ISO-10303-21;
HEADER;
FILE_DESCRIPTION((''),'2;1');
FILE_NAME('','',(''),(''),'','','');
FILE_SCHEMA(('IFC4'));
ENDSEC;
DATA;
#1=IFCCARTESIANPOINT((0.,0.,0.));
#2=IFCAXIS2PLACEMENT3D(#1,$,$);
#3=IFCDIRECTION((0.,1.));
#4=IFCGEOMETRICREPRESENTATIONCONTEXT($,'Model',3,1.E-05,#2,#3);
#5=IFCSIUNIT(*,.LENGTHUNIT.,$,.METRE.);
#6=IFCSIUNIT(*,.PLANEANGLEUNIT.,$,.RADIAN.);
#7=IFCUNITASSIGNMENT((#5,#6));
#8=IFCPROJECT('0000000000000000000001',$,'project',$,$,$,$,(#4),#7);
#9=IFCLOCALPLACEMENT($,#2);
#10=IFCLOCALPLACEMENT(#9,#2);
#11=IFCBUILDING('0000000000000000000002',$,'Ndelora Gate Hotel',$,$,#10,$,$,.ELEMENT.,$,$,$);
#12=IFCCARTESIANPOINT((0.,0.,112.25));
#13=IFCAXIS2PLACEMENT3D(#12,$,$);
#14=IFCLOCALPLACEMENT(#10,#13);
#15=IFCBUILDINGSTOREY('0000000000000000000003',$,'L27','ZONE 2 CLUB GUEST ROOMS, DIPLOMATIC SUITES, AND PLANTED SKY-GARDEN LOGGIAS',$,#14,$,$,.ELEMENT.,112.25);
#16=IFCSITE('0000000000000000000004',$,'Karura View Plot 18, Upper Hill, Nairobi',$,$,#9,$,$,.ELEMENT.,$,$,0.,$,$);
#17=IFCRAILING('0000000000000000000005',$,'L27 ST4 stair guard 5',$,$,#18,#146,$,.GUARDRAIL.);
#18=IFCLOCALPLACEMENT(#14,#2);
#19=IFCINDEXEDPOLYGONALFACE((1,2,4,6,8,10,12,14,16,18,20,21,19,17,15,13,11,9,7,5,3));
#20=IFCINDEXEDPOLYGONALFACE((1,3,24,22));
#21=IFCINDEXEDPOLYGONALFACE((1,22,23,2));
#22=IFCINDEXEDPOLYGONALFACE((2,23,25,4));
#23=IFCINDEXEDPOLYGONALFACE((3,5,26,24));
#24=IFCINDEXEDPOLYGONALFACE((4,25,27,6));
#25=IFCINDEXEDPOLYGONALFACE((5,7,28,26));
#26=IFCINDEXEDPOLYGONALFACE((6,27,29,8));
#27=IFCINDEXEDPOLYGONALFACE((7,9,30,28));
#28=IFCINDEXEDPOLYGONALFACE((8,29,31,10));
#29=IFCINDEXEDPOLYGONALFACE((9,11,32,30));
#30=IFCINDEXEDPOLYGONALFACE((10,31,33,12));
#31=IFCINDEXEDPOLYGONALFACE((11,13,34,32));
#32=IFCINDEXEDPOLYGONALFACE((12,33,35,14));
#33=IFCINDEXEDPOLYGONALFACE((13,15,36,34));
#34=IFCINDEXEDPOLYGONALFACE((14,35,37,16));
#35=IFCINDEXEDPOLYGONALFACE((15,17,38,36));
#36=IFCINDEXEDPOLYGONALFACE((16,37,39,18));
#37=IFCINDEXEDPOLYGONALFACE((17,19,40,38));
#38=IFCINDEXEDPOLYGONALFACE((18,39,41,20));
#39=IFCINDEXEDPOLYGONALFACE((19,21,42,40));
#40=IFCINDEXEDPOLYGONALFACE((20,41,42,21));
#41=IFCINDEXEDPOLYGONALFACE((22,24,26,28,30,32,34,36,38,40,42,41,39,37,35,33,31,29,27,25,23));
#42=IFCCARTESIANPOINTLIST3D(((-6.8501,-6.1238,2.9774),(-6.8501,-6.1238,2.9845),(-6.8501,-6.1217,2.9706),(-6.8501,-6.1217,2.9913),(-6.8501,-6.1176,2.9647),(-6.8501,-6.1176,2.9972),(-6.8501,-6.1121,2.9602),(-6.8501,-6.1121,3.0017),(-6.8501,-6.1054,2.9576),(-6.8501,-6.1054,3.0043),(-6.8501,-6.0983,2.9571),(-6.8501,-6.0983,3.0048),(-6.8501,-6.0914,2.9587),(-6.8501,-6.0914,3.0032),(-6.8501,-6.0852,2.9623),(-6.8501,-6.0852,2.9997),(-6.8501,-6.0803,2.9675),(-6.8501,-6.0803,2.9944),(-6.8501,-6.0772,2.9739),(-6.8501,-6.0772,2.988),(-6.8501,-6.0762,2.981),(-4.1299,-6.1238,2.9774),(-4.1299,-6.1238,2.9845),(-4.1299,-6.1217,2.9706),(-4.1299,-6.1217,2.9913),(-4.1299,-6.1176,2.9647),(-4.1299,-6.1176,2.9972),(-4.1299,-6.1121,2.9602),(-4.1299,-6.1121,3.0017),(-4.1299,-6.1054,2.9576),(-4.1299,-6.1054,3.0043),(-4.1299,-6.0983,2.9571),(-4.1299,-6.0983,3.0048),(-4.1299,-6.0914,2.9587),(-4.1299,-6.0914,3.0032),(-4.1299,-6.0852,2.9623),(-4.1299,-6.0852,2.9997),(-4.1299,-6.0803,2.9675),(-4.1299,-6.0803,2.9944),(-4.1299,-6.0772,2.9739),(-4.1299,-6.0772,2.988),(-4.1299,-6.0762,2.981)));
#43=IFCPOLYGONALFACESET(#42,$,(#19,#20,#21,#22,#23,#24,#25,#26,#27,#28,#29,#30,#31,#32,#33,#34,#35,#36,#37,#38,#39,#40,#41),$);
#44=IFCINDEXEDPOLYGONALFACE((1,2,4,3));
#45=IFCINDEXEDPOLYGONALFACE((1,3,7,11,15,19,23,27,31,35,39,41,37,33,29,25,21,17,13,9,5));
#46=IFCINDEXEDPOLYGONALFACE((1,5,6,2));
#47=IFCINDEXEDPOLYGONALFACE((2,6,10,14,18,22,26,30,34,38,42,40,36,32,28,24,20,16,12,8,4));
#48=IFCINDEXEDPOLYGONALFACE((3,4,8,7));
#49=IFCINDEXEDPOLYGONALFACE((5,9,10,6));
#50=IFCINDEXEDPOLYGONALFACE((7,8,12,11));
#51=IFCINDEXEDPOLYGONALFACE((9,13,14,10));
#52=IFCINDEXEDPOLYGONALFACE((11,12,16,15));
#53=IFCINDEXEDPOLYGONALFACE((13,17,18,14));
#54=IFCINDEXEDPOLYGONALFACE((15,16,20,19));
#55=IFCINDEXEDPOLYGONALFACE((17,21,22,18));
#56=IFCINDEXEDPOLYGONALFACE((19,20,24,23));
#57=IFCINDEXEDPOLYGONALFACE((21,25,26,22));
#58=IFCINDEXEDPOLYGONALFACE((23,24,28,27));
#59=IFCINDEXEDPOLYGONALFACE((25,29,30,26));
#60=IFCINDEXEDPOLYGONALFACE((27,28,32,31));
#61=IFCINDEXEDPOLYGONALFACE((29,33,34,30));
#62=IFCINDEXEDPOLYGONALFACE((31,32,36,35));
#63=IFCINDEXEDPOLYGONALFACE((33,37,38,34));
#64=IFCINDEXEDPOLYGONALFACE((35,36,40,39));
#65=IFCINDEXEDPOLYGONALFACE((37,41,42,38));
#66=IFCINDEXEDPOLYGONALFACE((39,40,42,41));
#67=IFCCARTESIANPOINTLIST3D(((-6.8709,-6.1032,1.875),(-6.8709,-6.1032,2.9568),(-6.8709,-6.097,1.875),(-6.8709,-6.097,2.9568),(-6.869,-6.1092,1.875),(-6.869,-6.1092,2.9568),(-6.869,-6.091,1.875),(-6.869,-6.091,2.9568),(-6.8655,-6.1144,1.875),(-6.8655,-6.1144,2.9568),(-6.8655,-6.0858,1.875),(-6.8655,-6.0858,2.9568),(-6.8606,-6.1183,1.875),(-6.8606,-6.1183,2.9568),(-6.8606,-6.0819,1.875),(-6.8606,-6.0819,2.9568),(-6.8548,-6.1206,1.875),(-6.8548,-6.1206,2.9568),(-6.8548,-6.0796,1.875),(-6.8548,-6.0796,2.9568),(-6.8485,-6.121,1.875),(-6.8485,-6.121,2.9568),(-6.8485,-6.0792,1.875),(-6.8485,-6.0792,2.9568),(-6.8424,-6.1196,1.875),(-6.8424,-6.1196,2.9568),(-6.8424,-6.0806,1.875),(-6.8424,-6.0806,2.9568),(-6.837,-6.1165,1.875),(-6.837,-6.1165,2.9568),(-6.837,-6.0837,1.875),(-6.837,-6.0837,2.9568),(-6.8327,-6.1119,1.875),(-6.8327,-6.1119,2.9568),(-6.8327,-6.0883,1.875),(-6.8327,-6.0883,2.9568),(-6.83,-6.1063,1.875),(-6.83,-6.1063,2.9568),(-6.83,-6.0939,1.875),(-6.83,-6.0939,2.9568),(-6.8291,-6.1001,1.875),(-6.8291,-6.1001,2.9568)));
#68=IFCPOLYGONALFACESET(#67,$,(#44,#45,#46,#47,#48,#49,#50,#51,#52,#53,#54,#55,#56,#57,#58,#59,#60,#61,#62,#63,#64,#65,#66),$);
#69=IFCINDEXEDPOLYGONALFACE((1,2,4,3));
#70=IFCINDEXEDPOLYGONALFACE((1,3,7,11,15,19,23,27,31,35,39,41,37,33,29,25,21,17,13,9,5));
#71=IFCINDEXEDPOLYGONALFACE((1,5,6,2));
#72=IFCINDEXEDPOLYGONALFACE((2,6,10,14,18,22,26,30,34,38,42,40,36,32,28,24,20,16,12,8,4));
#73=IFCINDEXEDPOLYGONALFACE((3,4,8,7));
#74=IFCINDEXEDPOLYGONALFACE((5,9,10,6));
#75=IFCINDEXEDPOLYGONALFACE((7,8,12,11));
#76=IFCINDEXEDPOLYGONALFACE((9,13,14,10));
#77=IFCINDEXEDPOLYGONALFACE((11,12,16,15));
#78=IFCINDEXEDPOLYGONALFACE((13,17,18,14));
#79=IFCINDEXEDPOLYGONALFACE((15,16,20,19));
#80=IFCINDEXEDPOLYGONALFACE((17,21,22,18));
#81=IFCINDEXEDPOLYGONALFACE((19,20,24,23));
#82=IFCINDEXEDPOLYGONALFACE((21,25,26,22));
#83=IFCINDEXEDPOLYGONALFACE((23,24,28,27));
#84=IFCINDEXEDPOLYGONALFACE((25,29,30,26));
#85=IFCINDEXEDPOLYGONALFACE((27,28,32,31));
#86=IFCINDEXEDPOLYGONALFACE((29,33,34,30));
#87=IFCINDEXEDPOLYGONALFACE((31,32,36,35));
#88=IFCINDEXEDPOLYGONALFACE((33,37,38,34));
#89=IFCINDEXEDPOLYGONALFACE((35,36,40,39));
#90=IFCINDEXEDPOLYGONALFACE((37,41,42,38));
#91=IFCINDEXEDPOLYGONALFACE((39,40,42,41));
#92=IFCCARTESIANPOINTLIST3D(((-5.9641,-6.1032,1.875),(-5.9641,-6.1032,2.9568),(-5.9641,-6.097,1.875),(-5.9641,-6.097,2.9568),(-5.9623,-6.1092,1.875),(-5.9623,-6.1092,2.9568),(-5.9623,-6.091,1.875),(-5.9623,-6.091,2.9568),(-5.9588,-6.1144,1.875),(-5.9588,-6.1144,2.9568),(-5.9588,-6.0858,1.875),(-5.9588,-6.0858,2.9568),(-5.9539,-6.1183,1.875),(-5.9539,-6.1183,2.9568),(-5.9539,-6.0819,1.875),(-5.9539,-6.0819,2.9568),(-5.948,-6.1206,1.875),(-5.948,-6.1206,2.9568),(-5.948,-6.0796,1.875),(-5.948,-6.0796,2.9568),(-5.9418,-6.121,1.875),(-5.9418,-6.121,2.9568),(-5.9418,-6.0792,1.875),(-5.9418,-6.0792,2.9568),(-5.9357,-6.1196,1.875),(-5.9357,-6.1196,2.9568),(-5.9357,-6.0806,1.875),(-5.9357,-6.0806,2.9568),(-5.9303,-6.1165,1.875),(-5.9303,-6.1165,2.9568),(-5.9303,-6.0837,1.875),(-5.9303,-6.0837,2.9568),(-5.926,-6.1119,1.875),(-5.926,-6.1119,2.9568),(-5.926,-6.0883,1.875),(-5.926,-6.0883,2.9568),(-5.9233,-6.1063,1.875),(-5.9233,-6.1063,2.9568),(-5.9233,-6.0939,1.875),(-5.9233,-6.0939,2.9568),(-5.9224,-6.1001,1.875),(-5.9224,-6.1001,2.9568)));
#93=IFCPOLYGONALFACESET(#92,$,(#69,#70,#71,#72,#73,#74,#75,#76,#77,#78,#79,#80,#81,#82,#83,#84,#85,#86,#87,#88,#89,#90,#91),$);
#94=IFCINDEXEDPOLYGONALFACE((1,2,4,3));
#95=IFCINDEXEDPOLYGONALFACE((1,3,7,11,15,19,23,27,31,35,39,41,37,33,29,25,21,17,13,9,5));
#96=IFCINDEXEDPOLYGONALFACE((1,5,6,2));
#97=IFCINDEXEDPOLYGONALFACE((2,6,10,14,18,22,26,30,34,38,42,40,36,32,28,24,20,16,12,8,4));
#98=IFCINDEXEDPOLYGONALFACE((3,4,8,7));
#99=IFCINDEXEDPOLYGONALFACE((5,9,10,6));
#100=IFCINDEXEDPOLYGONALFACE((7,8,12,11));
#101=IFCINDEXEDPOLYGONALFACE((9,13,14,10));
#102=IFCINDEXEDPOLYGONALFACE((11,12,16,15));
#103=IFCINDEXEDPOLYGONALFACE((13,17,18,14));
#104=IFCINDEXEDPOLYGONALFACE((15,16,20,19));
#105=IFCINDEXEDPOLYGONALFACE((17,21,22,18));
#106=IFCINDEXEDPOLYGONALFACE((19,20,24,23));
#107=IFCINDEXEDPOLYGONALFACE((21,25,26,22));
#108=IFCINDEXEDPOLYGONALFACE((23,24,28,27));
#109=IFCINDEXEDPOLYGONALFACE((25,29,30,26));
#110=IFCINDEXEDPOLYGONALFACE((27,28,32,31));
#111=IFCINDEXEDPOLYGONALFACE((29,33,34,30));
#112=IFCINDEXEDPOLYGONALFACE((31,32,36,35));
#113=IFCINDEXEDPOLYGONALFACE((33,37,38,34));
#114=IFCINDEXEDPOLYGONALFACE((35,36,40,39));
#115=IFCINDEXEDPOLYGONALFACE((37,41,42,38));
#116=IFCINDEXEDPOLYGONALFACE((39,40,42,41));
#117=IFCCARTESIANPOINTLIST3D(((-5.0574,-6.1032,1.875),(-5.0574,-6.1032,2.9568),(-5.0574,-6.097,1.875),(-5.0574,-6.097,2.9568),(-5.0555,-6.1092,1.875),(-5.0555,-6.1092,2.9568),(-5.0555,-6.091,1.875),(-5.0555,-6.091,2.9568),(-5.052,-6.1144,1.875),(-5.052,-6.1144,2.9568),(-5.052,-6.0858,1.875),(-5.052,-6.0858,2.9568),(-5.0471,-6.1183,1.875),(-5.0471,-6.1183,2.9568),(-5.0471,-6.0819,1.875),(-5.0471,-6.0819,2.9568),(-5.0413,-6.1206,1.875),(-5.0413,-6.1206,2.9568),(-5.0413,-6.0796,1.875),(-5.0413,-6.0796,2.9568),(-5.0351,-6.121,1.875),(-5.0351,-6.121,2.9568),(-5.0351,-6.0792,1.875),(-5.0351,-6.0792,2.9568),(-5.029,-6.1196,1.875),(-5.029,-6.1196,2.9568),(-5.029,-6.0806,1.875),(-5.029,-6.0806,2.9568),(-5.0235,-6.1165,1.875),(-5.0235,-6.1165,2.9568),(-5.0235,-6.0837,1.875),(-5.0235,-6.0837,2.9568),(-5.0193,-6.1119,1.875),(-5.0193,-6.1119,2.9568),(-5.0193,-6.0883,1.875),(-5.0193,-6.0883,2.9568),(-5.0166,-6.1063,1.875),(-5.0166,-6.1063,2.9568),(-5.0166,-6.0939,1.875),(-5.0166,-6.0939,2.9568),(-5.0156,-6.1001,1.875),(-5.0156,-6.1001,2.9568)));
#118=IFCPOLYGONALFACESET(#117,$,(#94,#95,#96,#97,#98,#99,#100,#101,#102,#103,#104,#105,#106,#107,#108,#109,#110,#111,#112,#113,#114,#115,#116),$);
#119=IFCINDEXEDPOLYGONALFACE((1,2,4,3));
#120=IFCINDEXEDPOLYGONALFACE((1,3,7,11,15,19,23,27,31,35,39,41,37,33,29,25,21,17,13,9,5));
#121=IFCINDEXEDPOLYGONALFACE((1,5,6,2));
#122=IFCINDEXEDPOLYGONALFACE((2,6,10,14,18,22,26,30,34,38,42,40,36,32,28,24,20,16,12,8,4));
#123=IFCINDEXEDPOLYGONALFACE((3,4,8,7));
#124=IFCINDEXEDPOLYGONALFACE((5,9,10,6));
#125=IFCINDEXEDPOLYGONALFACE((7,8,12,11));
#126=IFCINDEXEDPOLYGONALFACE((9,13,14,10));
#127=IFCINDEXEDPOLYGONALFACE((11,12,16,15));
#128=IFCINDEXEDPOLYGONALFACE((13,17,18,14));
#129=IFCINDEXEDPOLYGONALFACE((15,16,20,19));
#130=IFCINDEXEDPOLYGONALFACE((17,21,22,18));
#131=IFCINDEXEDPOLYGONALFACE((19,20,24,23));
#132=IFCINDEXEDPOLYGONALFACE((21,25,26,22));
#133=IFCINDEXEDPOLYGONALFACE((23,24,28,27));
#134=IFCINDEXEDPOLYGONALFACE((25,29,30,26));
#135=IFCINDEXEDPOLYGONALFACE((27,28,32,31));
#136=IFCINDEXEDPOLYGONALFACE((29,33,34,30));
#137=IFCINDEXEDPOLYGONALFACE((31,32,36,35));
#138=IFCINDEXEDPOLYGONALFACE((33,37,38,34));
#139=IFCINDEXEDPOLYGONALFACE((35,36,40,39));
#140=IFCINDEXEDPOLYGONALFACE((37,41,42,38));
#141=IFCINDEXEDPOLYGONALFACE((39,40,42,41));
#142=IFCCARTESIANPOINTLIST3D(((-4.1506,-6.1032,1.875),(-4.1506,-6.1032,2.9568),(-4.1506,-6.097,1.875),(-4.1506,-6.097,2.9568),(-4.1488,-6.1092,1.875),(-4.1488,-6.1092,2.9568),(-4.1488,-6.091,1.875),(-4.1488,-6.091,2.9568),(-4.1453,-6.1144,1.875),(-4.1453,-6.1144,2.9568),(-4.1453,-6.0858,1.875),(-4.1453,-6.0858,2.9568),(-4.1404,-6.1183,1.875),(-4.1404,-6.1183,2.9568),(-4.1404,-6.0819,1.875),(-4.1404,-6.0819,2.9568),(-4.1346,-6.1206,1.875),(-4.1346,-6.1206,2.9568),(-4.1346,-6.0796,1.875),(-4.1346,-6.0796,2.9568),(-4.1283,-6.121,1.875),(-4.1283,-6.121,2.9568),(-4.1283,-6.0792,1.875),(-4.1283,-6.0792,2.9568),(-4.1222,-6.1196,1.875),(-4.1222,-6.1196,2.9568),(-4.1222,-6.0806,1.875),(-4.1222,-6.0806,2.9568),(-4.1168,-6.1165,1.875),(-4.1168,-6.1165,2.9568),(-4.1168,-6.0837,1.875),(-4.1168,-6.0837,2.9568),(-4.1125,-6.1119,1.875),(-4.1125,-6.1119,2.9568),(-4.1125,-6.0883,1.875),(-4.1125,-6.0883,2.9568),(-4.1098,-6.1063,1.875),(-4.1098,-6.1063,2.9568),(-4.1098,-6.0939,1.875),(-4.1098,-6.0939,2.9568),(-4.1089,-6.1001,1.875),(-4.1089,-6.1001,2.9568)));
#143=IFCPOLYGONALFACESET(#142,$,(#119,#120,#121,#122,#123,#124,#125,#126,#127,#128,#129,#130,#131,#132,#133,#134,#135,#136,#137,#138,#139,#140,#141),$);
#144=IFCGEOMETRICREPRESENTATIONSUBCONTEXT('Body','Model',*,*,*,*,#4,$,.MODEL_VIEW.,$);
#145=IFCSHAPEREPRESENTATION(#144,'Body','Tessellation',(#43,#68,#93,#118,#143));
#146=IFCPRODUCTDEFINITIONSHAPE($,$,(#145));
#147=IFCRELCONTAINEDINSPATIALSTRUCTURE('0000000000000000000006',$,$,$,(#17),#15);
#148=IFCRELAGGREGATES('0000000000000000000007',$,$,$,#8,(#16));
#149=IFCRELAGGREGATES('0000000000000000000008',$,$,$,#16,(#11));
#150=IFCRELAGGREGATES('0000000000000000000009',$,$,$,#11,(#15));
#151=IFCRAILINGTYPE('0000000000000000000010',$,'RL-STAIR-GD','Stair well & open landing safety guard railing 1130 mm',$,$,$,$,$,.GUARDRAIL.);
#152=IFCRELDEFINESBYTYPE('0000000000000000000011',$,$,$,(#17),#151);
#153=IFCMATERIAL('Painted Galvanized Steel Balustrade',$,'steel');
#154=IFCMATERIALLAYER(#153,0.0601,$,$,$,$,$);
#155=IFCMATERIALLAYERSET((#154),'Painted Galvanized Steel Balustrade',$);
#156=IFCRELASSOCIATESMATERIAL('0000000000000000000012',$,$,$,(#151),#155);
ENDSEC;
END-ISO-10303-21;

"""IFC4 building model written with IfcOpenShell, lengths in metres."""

from ifc_helpers import new_model, si_unit, direction, frame, origin, origin_2d, place, context, subcontext, project, spatial, circle, extrude, material, layer, layer_set, type_object, element, save


model = new_model("IFC4")

# Units and contexts
model_context = context("Model", 3, precision=1e-05, world=origin(), true_north=direction((0.0, 1.0)))
body_context = subcontext(model_context, "Body", "Model", "MODEL_VIEW")
ifc_project = project(units=[si_unit("LENGTHUNIT", "METRE"), si_unit("PLANEANGLEUNIT", "RADIAN")], contexts=[model_context])

# Site, building, storey
site_placement = place(None, origin())
site = spatial("IfcSite", under=ifc_project, at=site_placement, Name="Karura View Plot 18, Upper Hill, Nairobi", CompositionType="ELEMENT", RefElevation=0.0)
building_placement = place(site_placement, origin())
building = spatial("IfcBuilding", under=site, at=building_placement, Name="Ndelora Gate Hotel", CompositionType="ELEMENT")
storey_placement = place(building_placement, frame((0.0, 0.0, 112.25)))
storey = spatial("IfcBuildingStorey", under=building, at=storey_placement, Name="L27", Description="ZONE 2 CLUB GUEST ROOMS, DIPLOMATIC SUITES, AND PLANTED SKY-GARDEN LOGGIAS", CompositionType="ELEMENT", Elevation=112.25)

# Railing
ifc_material_1 = material(Name="Painted Galvanized Steel Balustrade", Category="steel")
ifc_layer_1 = layer(ifc_material_1, 0.0601)
ifc_layer_set_1 = layer_set([ifc_layer_1], Name="Painted Galvanized Steel Balustrade")
railing_type_1 = type_object("IfcRailingType", Name="RL-STAIR-GD", Description="Stair well & open landing safety guard railing 1130 mm", PredefinedType="GUARDRAIL", material=ifc_layer_set_1)
railing_1_placement = place(storey_placement, frame((-6.8501, -6.1001, 1.875)))
element("IfcRailing", 1, at=railing_1_placement, inside=storey, type_object=railing_type_1, Name="L27 ST4 stair guard 5", PredefinedType="GUARDRAIL", context=body_context, shape_type="SweptSolid", body=[
    extrude(circle(Radius=0.0239, at=origin_2d()), frame((0.0, 0.0, 1.106), z_axis=(1.0, 0.0, 0.0), x_axis=(0.0, 1.0, 0.0)), (0.0, 0.0, 1.0), 2.7202),
    extrude(circle(Radius=0.021, at=origin_2d()), origin(), (0.0, 0.0, 1.0), 1.0818),
    extrude(circle(Radius=0.021, at=origin_2d()), frame((0.9067, 0.0, 0.0)), (0.0, 0.0, 1.0), 1.0818),
    extrude(circle(Radius=0.021, at=origin_2d()), frame((1.8135, 0.0, 0.0)), (0.0, 0.0, 1.0), 1.0818),
    extrude(circle(Radius=0.021, at=origin_2d()), frame((2.7202, 0.0, 0.0)), (0.0, 0.0, 1.0), 1.0818),
])

save(model, "model.ifc")
